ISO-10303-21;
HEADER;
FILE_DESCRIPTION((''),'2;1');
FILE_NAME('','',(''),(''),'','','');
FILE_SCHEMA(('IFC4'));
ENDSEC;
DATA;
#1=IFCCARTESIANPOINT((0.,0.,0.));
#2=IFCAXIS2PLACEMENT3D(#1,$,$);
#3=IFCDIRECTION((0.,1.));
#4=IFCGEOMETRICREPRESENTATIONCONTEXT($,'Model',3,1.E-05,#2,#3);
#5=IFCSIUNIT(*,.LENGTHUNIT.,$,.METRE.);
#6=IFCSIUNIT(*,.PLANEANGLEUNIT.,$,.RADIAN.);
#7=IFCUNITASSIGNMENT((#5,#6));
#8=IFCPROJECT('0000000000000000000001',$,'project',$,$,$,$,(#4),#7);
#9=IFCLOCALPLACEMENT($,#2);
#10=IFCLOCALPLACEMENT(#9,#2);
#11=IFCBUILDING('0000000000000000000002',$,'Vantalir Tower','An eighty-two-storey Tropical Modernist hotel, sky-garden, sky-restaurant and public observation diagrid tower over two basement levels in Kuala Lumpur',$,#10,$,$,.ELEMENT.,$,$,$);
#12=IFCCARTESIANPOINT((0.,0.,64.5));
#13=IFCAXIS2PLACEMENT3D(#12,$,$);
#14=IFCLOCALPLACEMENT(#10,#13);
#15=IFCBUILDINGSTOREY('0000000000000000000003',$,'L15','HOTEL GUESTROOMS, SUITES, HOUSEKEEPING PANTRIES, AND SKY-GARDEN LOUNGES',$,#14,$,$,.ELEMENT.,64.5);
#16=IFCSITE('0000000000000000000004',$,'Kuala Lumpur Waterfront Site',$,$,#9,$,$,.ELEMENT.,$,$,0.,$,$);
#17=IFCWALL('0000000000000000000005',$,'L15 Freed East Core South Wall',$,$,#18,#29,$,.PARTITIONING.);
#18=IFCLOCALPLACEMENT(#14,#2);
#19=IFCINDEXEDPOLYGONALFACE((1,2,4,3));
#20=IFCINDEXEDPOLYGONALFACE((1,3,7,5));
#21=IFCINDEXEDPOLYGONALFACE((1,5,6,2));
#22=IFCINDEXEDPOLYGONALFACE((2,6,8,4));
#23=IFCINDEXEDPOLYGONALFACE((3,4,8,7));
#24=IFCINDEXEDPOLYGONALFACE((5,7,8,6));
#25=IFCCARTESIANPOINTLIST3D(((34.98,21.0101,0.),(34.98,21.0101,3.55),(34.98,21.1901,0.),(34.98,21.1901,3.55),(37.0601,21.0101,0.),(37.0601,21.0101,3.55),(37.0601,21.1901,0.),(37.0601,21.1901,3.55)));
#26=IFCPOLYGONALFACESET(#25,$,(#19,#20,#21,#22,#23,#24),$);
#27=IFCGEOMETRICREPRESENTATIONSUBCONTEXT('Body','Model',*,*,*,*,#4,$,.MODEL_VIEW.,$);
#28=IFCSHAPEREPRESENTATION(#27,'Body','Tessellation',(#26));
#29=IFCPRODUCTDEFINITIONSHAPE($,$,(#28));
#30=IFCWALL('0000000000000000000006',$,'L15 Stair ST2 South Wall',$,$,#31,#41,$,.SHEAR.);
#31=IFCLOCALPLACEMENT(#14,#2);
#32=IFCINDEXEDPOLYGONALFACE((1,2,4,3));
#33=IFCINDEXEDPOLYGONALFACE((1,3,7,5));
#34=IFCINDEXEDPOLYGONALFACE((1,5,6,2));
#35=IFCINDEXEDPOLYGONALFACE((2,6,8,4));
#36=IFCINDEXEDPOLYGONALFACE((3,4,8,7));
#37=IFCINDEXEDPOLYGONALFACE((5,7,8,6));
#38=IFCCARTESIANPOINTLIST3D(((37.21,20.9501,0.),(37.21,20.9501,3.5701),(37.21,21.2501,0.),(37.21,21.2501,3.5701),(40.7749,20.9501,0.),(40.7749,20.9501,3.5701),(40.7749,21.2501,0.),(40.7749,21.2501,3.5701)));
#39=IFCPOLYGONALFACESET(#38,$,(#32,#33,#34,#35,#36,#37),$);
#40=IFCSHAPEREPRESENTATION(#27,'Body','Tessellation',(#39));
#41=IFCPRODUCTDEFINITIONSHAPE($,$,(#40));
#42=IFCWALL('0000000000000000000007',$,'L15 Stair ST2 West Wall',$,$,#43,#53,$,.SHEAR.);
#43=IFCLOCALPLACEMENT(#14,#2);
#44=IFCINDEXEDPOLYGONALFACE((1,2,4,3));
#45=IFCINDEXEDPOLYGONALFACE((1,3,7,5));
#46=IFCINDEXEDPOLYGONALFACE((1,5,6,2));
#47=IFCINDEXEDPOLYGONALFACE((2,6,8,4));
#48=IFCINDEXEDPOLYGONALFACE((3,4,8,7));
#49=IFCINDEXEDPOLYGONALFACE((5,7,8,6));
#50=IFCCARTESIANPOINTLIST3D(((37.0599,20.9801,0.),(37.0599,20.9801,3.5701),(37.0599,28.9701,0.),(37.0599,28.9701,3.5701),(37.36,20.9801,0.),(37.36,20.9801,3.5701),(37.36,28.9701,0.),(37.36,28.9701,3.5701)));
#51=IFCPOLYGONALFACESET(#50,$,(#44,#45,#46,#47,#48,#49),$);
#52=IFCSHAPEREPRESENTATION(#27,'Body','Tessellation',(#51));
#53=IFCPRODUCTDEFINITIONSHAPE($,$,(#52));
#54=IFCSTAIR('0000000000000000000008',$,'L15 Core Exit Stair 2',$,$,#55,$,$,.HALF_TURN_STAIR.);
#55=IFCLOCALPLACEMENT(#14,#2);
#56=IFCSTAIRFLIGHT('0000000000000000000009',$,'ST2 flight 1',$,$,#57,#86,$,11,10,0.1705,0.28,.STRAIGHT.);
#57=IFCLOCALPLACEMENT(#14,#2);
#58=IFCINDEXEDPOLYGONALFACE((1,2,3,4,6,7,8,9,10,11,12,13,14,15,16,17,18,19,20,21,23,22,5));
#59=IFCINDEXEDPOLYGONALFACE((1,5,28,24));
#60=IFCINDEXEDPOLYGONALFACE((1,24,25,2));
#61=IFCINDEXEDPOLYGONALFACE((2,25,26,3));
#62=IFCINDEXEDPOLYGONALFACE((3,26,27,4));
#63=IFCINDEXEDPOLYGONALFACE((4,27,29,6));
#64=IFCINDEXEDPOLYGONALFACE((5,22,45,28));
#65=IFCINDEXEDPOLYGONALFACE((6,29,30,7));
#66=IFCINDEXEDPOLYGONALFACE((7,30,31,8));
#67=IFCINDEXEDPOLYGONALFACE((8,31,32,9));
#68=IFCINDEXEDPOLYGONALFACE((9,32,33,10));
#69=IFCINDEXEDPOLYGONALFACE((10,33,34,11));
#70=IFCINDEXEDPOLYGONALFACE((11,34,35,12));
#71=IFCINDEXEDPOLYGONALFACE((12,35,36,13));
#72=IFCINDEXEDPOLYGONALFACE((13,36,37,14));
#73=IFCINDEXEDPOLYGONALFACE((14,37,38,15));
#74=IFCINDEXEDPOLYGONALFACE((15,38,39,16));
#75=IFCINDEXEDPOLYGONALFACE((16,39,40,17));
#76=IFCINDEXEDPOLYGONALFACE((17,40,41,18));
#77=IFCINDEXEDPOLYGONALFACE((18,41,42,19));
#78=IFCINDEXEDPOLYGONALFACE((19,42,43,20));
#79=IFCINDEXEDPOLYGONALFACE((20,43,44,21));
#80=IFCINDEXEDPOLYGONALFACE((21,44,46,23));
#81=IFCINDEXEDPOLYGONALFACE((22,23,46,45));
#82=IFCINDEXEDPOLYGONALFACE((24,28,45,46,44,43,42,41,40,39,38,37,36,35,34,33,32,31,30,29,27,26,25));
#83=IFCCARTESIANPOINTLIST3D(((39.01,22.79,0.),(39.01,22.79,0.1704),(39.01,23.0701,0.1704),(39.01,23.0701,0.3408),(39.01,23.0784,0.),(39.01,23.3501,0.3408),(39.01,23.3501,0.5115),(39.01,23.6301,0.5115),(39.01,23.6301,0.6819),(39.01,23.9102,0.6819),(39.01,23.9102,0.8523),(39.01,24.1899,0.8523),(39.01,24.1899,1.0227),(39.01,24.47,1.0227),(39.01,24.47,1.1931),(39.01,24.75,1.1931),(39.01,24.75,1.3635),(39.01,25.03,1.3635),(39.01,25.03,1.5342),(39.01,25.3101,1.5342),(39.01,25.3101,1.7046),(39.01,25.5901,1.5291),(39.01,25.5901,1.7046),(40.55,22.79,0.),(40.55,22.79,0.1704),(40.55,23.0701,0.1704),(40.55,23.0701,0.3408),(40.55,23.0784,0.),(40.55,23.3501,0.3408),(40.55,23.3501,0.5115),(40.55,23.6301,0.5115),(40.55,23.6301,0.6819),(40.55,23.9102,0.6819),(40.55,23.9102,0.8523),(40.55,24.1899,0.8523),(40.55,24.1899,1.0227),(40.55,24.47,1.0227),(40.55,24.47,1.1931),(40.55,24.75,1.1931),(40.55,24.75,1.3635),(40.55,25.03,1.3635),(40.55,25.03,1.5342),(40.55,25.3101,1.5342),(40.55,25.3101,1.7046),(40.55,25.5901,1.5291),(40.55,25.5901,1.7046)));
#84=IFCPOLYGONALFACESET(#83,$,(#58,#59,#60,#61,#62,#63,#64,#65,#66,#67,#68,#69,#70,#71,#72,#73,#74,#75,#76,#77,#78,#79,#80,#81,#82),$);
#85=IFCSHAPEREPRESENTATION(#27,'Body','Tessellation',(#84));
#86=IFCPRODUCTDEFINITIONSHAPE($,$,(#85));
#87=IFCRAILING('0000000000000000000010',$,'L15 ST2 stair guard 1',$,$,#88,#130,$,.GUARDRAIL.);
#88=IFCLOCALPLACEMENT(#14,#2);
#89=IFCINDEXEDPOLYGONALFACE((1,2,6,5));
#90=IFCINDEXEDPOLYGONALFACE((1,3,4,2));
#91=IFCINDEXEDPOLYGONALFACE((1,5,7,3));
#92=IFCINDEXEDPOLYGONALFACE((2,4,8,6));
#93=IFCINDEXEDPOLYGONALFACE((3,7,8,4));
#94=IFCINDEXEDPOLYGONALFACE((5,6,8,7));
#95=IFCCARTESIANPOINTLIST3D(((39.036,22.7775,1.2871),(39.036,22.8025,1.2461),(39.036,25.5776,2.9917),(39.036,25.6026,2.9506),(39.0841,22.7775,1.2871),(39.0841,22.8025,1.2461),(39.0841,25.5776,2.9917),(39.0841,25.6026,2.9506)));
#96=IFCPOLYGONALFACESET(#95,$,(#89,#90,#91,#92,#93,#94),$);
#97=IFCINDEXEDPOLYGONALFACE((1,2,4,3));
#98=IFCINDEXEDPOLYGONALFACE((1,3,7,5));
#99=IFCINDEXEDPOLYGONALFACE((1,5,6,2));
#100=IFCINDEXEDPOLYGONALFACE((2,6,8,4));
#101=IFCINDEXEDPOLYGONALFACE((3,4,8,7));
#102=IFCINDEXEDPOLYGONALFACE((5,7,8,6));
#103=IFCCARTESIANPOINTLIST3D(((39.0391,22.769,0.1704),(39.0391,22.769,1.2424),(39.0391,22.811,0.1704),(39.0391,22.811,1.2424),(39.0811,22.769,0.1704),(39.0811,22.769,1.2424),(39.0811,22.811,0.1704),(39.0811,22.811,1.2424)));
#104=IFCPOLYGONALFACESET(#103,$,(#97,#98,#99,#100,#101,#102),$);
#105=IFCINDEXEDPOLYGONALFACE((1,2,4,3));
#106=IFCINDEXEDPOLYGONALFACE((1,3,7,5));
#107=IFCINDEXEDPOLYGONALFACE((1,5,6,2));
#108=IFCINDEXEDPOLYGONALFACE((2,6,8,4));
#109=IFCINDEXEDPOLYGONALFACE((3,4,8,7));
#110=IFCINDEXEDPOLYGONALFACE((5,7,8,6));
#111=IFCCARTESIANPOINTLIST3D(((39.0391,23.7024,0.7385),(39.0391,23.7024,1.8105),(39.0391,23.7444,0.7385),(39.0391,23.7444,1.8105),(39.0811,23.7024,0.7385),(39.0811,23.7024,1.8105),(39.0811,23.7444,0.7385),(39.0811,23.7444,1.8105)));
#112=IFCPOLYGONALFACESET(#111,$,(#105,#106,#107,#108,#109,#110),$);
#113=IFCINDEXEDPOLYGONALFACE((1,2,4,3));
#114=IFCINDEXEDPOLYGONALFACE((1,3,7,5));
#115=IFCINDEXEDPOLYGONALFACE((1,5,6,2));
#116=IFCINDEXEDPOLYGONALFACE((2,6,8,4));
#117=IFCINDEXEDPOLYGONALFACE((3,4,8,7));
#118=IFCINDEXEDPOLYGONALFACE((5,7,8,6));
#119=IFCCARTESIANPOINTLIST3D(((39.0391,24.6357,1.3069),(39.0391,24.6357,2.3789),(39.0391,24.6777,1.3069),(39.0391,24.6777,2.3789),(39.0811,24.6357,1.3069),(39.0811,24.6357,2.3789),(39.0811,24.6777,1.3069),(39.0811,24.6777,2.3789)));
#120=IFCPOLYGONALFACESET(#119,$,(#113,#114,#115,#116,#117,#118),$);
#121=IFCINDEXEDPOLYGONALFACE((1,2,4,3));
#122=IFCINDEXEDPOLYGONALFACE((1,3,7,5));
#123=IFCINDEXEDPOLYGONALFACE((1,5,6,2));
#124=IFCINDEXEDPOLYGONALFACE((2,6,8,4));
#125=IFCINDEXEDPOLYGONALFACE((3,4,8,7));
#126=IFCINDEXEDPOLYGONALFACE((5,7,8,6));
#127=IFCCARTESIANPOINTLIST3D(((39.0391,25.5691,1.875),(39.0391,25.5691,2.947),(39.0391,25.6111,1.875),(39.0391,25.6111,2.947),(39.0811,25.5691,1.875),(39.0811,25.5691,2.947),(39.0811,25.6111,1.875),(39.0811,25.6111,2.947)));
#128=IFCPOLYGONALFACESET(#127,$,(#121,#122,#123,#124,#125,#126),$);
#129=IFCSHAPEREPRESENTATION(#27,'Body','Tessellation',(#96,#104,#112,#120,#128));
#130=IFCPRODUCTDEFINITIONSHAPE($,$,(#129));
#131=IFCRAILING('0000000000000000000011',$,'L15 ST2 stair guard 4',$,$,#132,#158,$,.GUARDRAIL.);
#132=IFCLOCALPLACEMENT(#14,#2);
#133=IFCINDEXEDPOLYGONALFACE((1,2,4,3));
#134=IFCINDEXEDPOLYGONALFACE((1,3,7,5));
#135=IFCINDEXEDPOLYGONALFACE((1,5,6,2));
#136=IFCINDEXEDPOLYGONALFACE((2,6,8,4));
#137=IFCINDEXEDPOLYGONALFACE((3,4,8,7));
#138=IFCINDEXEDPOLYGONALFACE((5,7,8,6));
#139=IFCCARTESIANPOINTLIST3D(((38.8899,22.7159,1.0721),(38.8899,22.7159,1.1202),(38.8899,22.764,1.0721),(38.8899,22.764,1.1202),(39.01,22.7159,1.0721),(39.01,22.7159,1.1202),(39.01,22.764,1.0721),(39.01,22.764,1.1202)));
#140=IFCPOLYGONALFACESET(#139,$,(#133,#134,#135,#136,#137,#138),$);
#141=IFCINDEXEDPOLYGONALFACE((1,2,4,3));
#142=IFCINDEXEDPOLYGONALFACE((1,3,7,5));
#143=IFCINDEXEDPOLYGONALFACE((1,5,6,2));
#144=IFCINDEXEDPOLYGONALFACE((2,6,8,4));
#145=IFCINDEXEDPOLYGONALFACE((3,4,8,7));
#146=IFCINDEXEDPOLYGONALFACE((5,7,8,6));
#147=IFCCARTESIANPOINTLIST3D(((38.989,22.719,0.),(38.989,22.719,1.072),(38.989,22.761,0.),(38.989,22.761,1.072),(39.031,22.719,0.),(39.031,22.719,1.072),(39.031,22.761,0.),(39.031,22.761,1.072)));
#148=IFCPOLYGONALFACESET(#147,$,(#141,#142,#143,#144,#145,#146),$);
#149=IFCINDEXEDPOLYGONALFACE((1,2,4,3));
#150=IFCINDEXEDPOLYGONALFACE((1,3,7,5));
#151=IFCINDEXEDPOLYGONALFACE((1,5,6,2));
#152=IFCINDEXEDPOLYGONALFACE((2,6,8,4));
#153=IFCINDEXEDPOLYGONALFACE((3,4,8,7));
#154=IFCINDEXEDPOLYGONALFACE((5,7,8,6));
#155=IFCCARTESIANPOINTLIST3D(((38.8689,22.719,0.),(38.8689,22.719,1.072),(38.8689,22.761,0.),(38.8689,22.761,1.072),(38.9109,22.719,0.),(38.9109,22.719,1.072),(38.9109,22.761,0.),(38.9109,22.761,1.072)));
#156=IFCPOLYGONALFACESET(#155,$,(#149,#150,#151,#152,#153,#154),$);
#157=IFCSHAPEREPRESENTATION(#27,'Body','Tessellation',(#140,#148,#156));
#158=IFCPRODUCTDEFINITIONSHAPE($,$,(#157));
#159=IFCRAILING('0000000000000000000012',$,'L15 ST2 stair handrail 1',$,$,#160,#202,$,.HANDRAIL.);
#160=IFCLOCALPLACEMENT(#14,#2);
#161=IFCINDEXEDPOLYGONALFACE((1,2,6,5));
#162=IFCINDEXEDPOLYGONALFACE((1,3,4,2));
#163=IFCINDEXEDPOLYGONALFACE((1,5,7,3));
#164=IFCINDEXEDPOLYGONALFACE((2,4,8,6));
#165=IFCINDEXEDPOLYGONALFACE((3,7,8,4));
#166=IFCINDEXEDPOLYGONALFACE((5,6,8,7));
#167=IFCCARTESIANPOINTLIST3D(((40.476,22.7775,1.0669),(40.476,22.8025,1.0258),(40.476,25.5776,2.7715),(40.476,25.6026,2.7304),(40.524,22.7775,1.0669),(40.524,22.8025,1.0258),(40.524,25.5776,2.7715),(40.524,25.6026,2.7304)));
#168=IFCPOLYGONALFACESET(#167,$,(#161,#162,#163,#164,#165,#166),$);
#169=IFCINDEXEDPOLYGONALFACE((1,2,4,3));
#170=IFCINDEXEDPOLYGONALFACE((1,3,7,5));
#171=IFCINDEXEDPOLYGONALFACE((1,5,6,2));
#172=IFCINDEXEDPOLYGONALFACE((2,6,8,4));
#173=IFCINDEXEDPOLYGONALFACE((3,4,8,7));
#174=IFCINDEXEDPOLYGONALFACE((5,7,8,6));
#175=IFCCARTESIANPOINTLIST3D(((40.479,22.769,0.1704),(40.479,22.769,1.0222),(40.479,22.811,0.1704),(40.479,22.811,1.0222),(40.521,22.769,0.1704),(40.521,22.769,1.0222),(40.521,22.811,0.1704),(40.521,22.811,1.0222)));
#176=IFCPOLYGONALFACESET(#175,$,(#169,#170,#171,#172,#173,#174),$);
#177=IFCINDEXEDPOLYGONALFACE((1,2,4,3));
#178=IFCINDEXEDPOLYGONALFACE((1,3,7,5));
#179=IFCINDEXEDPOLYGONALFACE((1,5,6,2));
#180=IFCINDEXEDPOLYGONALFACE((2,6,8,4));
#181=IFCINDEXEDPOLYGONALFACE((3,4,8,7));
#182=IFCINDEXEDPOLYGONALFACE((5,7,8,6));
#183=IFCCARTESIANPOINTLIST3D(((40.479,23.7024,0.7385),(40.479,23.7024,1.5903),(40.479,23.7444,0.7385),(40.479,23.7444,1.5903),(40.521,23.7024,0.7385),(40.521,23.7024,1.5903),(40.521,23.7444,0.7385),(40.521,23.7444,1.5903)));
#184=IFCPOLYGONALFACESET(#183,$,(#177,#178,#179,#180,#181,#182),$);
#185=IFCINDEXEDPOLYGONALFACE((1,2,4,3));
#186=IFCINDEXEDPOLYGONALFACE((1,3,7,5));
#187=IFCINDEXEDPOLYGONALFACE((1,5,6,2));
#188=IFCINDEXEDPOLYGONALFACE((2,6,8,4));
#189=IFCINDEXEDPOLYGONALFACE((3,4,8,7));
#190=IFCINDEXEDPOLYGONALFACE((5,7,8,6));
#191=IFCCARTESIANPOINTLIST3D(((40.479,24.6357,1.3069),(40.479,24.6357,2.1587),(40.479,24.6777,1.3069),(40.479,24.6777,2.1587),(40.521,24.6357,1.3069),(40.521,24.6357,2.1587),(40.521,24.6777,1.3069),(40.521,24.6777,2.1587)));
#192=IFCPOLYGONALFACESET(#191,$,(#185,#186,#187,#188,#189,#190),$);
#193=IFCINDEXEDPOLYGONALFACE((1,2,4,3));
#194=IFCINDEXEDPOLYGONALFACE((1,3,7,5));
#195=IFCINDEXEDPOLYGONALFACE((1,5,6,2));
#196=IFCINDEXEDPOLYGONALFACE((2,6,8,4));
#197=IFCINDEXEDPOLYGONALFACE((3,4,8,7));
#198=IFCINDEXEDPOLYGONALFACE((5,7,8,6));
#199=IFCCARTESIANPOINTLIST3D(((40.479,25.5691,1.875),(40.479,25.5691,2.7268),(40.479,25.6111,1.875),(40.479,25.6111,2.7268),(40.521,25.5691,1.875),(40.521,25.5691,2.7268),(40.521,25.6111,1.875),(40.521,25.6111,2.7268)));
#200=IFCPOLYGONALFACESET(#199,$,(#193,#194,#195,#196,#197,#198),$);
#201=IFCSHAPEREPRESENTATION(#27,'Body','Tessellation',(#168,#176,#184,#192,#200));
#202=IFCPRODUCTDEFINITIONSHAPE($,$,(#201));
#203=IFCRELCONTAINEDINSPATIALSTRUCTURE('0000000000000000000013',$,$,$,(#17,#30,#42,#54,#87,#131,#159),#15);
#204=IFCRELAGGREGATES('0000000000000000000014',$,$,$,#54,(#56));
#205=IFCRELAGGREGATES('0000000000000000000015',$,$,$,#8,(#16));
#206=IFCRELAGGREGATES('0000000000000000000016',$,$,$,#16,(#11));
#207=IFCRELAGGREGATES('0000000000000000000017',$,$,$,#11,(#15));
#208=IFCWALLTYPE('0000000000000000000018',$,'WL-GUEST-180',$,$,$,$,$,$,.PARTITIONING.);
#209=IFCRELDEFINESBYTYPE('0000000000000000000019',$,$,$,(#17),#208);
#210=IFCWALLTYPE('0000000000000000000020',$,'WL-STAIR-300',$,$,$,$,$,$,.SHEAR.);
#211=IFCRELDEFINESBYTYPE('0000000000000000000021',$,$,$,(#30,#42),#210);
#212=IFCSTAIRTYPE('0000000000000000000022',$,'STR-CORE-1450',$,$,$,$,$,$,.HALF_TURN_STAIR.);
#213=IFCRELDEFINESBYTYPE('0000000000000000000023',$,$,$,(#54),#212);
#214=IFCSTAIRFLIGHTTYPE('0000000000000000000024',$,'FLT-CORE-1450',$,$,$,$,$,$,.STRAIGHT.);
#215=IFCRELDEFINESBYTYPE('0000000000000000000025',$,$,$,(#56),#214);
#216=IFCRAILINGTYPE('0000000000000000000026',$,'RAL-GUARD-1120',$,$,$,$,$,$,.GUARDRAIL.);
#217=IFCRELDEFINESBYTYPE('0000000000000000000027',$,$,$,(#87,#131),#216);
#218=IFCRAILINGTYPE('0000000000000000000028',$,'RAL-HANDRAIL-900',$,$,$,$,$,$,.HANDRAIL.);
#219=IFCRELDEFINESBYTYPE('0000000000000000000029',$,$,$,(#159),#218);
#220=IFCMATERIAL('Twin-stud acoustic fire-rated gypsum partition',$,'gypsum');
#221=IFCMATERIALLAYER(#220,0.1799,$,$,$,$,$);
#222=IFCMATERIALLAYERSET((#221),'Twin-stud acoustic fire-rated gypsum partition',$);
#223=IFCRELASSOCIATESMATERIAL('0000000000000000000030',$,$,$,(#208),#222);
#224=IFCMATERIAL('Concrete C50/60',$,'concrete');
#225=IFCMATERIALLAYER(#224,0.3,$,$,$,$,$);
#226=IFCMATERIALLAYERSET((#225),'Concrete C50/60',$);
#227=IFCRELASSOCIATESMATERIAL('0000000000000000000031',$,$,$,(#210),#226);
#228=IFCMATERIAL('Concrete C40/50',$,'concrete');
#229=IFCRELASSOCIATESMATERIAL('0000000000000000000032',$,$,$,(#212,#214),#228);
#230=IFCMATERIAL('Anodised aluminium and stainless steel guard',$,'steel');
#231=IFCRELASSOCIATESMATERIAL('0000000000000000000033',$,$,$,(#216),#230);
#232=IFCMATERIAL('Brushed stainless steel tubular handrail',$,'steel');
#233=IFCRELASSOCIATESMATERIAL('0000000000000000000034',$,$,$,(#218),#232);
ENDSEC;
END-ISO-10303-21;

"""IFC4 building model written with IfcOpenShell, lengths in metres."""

from ifc_helpers import new_model, si_unit, direction, frame, frame_2d, origin, origin_2d, place, context, subcontext, project, spatial, polyline, rectangle, outline, extrude, material, layer, layer_set, type_object, element, aggregate, save


model = new_model("IFC4")

# Units and contexts
model_context = context("Model", 3, precision=1e-05, world=origin(), true_north=direction((0.0, 1.0)))
body_context = subcontext(model_context, "Body", "Model", "MODEL_VIEW")
ifc_project = project(units=[si_unit("LENGTHUNIT", "METRE"), si_unit("PLANEANGLEUNIT", "RADIAN")], contexts=[model_context])

# Site, building, storey
site_placement = place(None, origin())
site = spatial("IfcSite", under=ifc_project, at=site_placement, Name="Kuala Lumpur Waterfront Site", CompositionType="ELEMENT", RefElevation=0.0)
building_placement = place(site_placement, origin())
building = spatial("IfcBuilding", under=site, at=building_placement, Name="Vantalir Tower", Description="An eighty-two-storey Tropical Modernist hotel, sky-garden, sky-restaurant and public observation diagrid tower over two basement levels in Kuala Lumpur", CompositionType="ELEMENT")
storey_placement = place(building_placement, frame((0.0, 0.0, 64.5)))
storey = spatial("IfcBuildingStorey", under=building, at=storey_placement, Name="L15", Description="HOTEL GUESTROOMS, SUITES, HOUSEKEEPING PANTRIES, AND SKY-GARDEN LOUNGES", CompositionType="ELEMENT", Elevation=64.5)

# Walls
ifc_material_1 = material(Name="Twin-stud acoustic fire-rated gypsum partition", Category="gypsum")
ifc_layer_1 = layer(ifc_material_1, 0.1799)
ifc_layer_set_1 = layer_set([ifc_layer_1], Name="Twin-stud acoustic fire-rated gypsum partition")
wall_type_1 = type_object("IfcWallType", Name="WL-GUEST-180", PredefinedType="PARTITIONING", material=ifc_layer_set_1)
wall_1_placement = place(storey_placement, frame((34.98, 21.1001, 0.0), z_axis=(0.0, 0.0, 1.0), x_axis=(1.0, 0.0, 0.0)))
element("IfcWall", 1, at=wall_1_placement, inside=storey, type_object=wall_type_1, Name="L15 Freed East Core South Wall", PredefinedType="PARTITIONING", context=body_context, shape_type="SweptSolid", body=[
    extrude(rectangle(XDim=2.0801, YDim=0.1799, at=frame_2d((1.04, 0.0))), origin(), (0.0, 0.0, 1.0), 3.55),
])
ifc_material_2 = material(Name="Concrete C50/60", Category="concrete")
ifc_layer_2 = layer(ifc_material_2, 0.3)
ifc_layer_set_2 = layer_set([ifc_layer_2], Name="Concrete C50/60")
wall_type_2 = type_object("IfcWallType", Name="WL-STAIR-300", PredefinedType="SHEAR", material=ifc_layer_set_2)
wall_2_placement = place(storey_placement, frame((37.21, 21.1001, 0.0), z_axis=(0.0, 0.0, 1.0), x_axis=(1.0, 0.0, 0.0)))
element("IfcWall", 2, at=wall_2_placement, inside=storey, type_object=wall_type_2, Name="L15 Stair ST2 South Wall", PredefinedType="SHEAR", context=body_context, shape_type="SweptSolid", body=[
    extrude(rectangle(XDim=3.5649, YDim=0.3, at=frame_2d((1.7825, 0.0))), origin(), (0.0, 0.0, 1.0), 3.5701),
])
wall_3_placement = place(storey_placement, frame((37.21, 20.98, 0.0), z_axis=(0.0, 0.0, 1.0), x_axis=(0.0, 1.0, 0.0)))
element("IfcWall", 3, at=wall_3_placement, inside=storey, type_object=wall_type_2, Name="L15 Stair ST2 West Wall", PredefinedType="SHEAR", context=body_context, shape_type="SweptSolid", body=[
    extrude(rectangle(XDim=7.99, YDim=0.3, at=frame_2d((3.9951, 0.0))), origin(), (0.0, 0.0, 1.0), 3.5701),
])

# Stair, stair flight
ifc_material_3 = material(Name="Concrete C40/50", Category="concrete")
stair_type = type_object("IfcStairType", Name="STR-CORE-1450", PredefinedType="HALF_TURN_STAIR", material=ifc_material_3)
stair_placement = place(storey_placement, origin())
stair = element("IfcStair", 4, at=stair_placement, inside=storey, type_object=stair_type, Name="L15 Core Exit Stair 2", PredefinedType="HALF_TURN_STAIR")
stair_flight_type = type_object("IfcStairFlightType", Name="FLT-CORE-1450", PredefinedType="STRAIGHT", material=ifc_material_3)
stair_flight_placement = place(storey_placement, frame((39.78, 22.79, 0.0), z_axis=(0.0, 0.0, 1.0), x_axis=(0.0, 1.0, 0.0)))
stair_flight = element("IfcStairFlight", 5, at=stair_flight_placement, type_object=stair_flight_type, Name="ST2 flight 1", NumberOfRisers=11, NumberOfTreads=10, PredefinedType="STRAIGHT", RiserHeight=0.1705, TreadLength=0.28, context=body_context, shape_type="SweptSolid", body=[
    extrude(outline(polyline([(0.0, 0.0), (0.0, 0.1704), (0.28, 0.1704), (0.28, 0.3408), (0.5601, 0.3408), (0.5601, 0.5115), (0.8401, 0.5115), (0.8401, 0.6819), (1.1201, 0.6819), (1.1201, 0.8523), (1.3999, 0.8523), (1.3999, 1.0227), (1.6799, 1.0227), (1.6799, 1.1931), (1.96, 1.1931), (1.96, 1.3635), (2.24, 1.3635), (2.24, 1.5342), (2.52, 1.5342), (2.52, 1.7046), (2.8, 1.7046), (2.8, 1.875), (2.8, 1.5291), (0.2883, 0.0), (0.0, 0.0)])), frame((0.0, 0.77, 0.0), z_axis=(0.0, -1.0, 0.0), x_axis=(1.0, 0.0, 0.0)), (0.0, 0.0, 1.0), 1.54),
])
aggregate(stair, [stair_flight])

# Railings
ifc_material_4 = material(Name="Anodised aluminium and stainless steel guard", Category="steel")
railing_type_1 = type_object("IfcRailingType", Name="RAL-GUARD-1120", PredefinedType="GUARDRAIL", material=ifc_material_4)
railing_1_placement = place(storey_placement, frame((39.0601, 22.79, 0.1704)))
element("IfcRailing", 6, at=railing_1_placement, inside=storey, type_object=railing_type_1, Name="L15 ST2 stair guard 1", PredefinedType="GUARDRAIL", context=body_context, shape_type="SweptSolid", body=[
    extrude(rectangle(XDim=0.0481, YDim=0.0481, at=origin_2d()), frame((0.0, 0.0, 1.0962), z_axis=(0.0, 0.85417, 0.519994), x_axis=(-1.0, 0.0, 0.0)), (0.0, 0.0, 1.0), 3.2781),
    extrude(rectangle(XDim=0.042, YDim=0.042, at=origin_2d()), origin(), (0.0, 0.0, 1.0), 1.072),
    extrude(rectangle(XDim=0.042, YDim=0.042, at=origin_2d()), frame((0.0, 0.9333, 0.5681)), (0.0, 0.0, 1.0), 1.072),
    extrude(rectangle(XDim=0.042, YDim=0.042, at=origin_2d()), frame((0.0, 1.8667, 1.1365)), (0.0, 0.0, 1.0), 1.072),
    extrude(rectangle(XDim=0.042, YDim=0.042, at=origin_2d()), frame((0.0, 2.8, 1.7046)), (0.0, 0.0, 1.0), 1.072),
])
railing_2_placement = place(storey_placement, frame((39.01, 22.74, 0.0)))
element("IfcRailing", 7, at=railing_2_placement, inside=storey, type_object=railing_type_1, Name="L15 ST2 stair guard 4", PredefinedType="GUARDRAIL", context=body_context, shape_type="SweptSolid", body=[
    extrude(rectangle(XDim=0.0481, YDim=0.0481, at=origin_2d()), frame((0.0, 0.0, 1.0962), z_axis=(-1.0, 0.0, 0.0), x_axis=(0.0, -1.0, 0.0)), (0.0, 0.0, 1.0), 0.1201),
    extrude(rectangle(XDim=0.042, YDim=0.042, at=origin_2d()), origin(), (0.0, 0.0, 1.0), 1.072),
    extrude(rectangle(XDim=0.042, YDim=0.042, at=origin_2d()), frame((-0.1201, 0.0, 0.0)), (0.0, 0.0, 1.0), 1.072),
])
ifc_material_5 = material(Name="Brushed stainless steel tubular handrail", Category="steel")
railing_type_2 = type_object("IfcRailingType", Name="RAL-HANDRAIL-900", PredefinedType="HANDRAIL", material=ifc_material_5)
railing_3_placement = place(storey_placement, frame((40.5, 22.79, 0.1704)))
element("IfcRailing", 8, at=railing_3_placement, inside=storey, type_object=railing_type_2, Name="L15 ST2 stair handrail 1", PredefinedType="HANDRAIL", context=body_context, shape_type="SweptSolid", body=[
    extrude(rectangle(XDim=0.0481, YDim=0.0481, at=origin_2d()), frame((0.0, 0.0, 0.876), z_axis=(0.0, 0.85417, 0.519994), x_axis=(-1.0, 0.0, 0.0)), (0.0, 0.0, 1.0), 3.2781),
    extrude(rectangle(XDim=0.042, YDim=0.042, at=origin_2d()), origin(), (0.0, 0.0, 1.0), 0.8518),
    extrude(rectangle(XDim=0.042, YDim=0.042, at=origin_2d()), frame((0.0, 0.9333, 0.5681)), (0.0, 0.0, 1.0), 0.8518),
    extrude(rectangle(XDim=0.042, YDim=0.042, at=origin_2d()), frame((0.0, 1.8667, 1.1365)), (0.0, 0.0, 1.0), 0.8518),
    extrude(rectangle(XDim=0.042, YDim=0.042, at=origin_2d()), frame((0.0, 2.8, 1.7046)), (0.0, 0.0, 1.0), 0.8518),
])

save(model, "model.ifc")
